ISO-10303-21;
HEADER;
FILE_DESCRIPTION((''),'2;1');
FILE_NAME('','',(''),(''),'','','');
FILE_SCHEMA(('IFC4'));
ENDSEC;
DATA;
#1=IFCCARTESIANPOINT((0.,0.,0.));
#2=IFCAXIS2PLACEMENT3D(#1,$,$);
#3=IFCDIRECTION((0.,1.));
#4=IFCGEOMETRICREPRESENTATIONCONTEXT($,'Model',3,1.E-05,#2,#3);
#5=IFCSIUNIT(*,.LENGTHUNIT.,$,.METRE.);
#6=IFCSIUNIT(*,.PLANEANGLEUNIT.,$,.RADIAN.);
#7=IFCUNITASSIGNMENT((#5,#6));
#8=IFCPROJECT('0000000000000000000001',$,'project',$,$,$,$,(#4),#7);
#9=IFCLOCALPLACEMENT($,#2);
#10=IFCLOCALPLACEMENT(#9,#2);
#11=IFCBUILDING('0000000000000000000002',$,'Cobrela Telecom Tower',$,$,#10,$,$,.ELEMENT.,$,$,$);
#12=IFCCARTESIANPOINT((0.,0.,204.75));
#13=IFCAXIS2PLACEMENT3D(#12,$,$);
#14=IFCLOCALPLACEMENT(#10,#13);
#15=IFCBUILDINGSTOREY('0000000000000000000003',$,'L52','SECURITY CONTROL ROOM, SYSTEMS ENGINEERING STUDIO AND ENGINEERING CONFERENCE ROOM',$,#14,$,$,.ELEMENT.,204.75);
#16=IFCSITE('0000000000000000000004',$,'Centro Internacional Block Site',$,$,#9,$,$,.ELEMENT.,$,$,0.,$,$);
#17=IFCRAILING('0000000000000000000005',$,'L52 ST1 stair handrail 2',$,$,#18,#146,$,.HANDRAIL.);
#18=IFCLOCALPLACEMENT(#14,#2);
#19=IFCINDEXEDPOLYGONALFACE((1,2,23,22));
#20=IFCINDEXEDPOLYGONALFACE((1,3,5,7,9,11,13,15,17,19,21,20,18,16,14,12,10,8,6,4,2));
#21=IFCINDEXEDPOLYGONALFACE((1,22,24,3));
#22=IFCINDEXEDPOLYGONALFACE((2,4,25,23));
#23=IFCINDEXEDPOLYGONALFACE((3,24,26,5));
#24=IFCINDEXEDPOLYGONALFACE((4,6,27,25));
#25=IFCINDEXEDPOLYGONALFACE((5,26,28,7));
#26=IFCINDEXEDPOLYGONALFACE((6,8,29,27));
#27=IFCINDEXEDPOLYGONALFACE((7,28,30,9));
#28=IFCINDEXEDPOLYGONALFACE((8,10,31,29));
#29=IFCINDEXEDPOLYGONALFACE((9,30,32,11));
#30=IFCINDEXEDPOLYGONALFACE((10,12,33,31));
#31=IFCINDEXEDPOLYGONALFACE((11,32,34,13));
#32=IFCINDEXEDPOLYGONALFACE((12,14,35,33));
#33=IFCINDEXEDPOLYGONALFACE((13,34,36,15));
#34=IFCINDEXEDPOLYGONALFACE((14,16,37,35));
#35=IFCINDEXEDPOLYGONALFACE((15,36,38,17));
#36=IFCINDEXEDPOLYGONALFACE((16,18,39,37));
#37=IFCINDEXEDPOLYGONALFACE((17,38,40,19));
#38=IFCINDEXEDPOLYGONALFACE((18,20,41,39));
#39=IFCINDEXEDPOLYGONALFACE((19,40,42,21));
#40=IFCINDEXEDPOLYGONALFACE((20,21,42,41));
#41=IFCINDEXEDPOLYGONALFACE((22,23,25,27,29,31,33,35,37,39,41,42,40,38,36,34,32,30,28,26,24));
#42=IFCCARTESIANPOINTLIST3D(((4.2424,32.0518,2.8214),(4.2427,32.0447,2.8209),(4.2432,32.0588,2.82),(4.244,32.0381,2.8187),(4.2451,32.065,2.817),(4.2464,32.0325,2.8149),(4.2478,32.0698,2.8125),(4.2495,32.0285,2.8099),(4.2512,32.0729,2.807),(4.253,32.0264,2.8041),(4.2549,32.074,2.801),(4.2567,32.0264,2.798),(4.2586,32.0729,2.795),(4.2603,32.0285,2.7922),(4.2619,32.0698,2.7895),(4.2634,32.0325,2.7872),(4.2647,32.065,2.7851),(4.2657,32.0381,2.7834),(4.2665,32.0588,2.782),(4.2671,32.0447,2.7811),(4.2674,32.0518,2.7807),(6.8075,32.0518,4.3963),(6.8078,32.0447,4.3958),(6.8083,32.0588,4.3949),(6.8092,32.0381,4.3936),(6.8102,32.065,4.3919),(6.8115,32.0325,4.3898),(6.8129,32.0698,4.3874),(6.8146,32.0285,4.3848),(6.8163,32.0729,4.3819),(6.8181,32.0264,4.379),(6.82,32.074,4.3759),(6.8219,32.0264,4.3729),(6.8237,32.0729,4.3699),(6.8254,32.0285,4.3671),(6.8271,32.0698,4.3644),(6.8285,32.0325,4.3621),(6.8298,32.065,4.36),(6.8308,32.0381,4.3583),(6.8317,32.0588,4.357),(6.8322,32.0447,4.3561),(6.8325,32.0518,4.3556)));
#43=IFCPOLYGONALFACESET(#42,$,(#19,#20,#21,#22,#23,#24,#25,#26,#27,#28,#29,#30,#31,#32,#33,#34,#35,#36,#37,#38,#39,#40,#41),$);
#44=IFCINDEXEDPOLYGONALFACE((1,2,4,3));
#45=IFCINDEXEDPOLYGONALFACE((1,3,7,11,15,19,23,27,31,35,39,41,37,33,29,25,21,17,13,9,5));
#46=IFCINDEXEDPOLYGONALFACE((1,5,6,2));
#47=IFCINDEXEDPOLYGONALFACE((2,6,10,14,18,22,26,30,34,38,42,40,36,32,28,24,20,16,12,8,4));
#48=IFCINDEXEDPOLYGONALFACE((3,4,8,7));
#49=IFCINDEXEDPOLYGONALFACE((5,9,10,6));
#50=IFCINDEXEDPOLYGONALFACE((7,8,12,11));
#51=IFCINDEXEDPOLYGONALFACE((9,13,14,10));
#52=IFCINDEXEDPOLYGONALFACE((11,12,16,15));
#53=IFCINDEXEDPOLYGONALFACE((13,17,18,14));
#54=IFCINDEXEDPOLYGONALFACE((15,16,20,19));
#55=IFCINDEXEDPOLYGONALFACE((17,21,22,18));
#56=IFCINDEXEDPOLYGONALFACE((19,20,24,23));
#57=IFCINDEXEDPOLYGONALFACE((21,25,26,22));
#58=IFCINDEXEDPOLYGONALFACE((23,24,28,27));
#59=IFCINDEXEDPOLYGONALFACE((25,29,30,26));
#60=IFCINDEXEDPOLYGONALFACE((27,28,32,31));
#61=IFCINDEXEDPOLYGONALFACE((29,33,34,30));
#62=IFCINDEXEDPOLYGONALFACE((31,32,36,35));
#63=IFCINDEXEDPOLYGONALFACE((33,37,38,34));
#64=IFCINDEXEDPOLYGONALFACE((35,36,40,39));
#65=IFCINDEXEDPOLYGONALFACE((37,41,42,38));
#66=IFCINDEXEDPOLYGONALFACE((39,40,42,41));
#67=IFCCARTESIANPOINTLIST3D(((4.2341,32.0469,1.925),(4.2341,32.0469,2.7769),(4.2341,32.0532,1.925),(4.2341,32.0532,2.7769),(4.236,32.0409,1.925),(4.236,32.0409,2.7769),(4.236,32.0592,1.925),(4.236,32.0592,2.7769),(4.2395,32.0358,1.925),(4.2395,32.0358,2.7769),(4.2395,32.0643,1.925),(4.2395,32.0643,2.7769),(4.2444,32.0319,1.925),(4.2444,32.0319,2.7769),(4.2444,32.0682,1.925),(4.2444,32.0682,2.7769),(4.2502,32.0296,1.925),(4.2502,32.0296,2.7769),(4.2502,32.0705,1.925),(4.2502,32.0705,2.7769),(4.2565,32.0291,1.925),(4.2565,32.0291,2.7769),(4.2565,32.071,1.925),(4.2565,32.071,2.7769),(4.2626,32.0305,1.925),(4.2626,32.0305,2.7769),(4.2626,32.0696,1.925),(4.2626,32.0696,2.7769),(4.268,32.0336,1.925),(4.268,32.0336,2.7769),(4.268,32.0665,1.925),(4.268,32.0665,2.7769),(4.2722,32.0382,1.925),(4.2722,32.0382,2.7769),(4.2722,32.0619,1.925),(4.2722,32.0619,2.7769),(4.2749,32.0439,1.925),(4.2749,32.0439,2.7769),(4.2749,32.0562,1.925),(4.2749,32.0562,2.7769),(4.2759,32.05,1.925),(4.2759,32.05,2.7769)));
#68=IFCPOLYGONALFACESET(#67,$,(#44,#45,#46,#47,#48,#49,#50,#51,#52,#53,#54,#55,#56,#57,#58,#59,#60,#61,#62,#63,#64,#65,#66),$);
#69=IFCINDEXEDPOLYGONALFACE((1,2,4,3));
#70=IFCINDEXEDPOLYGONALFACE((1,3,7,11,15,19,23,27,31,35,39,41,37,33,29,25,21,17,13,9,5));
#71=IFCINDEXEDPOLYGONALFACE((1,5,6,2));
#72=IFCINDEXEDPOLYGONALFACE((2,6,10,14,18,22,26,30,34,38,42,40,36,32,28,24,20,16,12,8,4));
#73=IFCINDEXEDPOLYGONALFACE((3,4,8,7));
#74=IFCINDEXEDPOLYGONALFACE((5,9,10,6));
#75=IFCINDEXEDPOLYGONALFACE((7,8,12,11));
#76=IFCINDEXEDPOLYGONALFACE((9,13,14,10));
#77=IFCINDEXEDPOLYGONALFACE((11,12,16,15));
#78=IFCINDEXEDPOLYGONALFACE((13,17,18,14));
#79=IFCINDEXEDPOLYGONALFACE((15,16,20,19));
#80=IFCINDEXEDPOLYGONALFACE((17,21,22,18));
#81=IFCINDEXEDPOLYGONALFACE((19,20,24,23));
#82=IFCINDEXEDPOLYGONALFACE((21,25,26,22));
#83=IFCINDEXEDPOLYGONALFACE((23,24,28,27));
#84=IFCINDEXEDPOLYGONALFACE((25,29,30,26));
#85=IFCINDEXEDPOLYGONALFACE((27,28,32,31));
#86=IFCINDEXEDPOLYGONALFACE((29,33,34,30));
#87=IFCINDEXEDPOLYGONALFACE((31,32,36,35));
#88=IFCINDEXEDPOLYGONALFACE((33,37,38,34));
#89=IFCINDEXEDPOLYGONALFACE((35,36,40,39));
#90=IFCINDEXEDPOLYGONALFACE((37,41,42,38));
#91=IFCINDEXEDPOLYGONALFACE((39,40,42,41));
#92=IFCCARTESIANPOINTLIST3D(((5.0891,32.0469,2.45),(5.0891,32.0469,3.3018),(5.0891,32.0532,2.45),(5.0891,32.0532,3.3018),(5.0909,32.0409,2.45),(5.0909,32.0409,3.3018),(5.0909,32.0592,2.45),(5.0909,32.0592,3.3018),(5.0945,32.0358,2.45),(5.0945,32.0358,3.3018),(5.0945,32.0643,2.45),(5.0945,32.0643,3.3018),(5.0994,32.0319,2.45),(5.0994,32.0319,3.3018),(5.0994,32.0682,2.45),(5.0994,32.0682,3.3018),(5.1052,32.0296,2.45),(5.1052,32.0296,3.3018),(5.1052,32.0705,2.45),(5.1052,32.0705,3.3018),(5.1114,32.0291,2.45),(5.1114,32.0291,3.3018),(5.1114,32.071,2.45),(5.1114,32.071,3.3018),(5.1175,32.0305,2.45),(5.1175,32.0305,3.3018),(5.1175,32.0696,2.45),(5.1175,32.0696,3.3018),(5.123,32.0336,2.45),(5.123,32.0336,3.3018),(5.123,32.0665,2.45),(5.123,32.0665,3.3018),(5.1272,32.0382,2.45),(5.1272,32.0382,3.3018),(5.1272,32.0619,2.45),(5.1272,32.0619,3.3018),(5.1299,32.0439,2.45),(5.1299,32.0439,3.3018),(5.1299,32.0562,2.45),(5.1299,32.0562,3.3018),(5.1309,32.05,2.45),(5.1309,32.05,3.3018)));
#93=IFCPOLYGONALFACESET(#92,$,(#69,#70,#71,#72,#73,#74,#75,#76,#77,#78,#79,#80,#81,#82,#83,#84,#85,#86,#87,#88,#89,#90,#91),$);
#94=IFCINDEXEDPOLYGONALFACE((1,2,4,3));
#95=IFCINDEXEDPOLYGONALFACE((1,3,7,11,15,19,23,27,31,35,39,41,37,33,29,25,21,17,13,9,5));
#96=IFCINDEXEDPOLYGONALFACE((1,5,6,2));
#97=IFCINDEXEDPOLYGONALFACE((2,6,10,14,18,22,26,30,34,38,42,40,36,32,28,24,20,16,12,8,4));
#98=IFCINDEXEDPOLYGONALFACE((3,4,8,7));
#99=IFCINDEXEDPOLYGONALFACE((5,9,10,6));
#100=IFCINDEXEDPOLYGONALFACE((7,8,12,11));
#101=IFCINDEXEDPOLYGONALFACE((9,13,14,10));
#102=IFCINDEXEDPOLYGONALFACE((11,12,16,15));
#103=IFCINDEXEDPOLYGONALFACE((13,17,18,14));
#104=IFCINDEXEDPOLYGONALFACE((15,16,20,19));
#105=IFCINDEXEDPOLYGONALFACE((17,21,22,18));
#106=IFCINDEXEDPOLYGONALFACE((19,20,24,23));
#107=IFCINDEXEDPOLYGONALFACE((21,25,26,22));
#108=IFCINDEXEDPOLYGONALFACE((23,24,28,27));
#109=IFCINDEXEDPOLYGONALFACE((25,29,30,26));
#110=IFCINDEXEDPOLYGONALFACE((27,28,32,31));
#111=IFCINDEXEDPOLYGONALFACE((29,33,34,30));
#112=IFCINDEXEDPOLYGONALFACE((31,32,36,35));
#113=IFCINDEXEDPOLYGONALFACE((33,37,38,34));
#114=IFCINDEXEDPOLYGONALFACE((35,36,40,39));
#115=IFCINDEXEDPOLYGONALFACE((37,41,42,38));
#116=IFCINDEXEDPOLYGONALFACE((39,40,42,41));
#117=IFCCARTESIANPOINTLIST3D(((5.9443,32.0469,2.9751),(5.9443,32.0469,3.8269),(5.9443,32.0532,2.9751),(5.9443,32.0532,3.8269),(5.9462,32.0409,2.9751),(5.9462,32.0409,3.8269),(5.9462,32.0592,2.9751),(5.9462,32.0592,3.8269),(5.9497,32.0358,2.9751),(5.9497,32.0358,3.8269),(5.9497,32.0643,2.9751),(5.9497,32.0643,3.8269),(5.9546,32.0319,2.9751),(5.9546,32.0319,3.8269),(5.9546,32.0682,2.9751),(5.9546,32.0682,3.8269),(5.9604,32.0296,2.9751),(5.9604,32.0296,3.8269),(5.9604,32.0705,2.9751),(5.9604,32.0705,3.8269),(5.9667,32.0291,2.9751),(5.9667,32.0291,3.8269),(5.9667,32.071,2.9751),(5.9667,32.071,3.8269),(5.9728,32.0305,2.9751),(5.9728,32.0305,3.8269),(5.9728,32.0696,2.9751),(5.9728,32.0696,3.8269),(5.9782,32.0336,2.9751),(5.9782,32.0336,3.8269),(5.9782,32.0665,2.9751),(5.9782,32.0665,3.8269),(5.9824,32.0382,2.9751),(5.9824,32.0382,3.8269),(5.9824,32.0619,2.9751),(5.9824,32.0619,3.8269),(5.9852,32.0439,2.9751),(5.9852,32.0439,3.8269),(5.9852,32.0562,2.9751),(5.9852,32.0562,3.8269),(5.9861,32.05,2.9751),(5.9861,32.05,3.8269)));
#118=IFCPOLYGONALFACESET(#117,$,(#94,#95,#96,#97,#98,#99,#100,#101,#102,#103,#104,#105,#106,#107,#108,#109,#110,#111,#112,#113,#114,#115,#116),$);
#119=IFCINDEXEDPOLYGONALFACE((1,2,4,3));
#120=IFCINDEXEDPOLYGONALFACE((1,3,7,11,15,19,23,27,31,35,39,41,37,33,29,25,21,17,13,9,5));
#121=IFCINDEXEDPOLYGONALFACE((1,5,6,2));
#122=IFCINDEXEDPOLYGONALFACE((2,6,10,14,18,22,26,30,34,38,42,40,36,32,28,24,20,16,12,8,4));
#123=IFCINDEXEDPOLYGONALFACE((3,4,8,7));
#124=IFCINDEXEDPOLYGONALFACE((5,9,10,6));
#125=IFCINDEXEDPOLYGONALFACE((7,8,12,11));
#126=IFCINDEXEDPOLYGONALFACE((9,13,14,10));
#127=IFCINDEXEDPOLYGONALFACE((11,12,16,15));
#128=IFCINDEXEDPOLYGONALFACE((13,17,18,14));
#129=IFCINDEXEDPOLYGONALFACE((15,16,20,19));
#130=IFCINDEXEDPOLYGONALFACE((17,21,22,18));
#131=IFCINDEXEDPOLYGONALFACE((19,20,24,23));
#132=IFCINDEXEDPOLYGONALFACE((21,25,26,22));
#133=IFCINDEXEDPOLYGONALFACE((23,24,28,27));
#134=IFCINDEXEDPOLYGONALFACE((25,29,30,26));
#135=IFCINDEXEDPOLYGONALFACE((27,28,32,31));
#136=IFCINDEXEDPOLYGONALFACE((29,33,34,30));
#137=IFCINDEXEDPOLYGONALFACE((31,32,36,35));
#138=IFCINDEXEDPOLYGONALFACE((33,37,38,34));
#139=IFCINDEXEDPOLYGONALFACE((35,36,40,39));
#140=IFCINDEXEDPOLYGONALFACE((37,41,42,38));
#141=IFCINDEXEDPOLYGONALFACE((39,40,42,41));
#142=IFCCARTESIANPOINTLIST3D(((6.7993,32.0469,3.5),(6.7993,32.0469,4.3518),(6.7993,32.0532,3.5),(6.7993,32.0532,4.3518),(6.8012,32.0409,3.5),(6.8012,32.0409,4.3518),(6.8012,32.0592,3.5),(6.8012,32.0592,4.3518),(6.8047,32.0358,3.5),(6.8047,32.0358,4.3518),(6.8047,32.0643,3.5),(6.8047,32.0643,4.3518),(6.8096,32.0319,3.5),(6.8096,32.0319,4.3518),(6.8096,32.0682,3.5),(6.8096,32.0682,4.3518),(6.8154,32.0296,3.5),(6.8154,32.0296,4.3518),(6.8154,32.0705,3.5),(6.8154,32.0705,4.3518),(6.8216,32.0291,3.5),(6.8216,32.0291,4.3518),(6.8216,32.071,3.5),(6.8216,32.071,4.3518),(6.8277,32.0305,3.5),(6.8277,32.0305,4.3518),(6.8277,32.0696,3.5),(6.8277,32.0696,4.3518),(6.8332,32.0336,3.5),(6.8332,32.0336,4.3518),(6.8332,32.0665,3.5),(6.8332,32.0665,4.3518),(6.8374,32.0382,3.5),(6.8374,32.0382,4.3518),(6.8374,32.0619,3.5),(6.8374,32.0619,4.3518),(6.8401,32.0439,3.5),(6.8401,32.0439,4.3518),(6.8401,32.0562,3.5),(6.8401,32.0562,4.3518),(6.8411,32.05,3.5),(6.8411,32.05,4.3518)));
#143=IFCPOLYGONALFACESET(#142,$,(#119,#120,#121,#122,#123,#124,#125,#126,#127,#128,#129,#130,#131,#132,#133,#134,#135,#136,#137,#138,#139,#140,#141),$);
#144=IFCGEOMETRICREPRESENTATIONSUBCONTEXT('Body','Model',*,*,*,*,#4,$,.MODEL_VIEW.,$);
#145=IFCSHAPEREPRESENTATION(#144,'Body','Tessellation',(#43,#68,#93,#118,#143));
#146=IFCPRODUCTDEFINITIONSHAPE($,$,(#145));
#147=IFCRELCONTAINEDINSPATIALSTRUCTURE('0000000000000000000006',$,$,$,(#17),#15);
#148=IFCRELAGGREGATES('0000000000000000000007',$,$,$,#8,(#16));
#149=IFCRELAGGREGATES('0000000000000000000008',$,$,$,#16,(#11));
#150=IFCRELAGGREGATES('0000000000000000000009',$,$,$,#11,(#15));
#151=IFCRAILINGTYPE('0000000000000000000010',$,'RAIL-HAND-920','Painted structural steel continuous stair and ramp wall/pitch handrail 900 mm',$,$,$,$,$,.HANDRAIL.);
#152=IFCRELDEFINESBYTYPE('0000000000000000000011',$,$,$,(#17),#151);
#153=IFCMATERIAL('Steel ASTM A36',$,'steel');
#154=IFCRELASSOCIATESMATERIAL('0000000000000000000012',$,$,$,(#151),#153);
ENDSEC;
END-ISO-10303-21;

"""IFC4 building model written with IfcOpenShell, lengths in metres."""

from ifc_helpers import new_model, si_unit, direction, frame, origin, origin_2d, place, context, subcontext, project, spatial, circle, extrude, material, type_object, element, save


model = new_model("IFC4")

# Units and contexts
model_context = context("Model", 3, precision=1e-05, world=origin(), true_north=direction((0.0, 1.0)))
body_context = subcontext(model_context, "Body", "Model", "MODEL_VIEW")
ifc_project = project(units=[si_unit("LENGTHUNIT", "METRE"), si_unit("PLANEANGLEUNIT", "RADIAN")], contexts=[model_context])

# Site, building, storey
site_placement = place(None, origin())
site = spatial("IfcSite", under=ifc_project, at=site_placement, Name="Centro Internacional Block Site", CompositionType="ELEMENT", RefElevation=0.0)
building_placement = place(site_placement, origin())
building = spatial("IfcBuilding", under=site, at=building_placement, Name="Cobrela Telecom Tower", CompositionType="ELEMENT")
storey_placement = place(building_placement, frame((0.0, 0.0, 204.75)))
storey = spatial("IfcBuildingStorey", under=building, at=storey_placement, Name="L52", Description="SECURITY CONTROL ROOM, SYSTEMS ENGINEERING STUDIO AND ENGINEERING CONFERENCE ROOM", CompositionType="ELEMENT", Elevation=204.75)

# Shared definitions
ifc_material_1 = material(Name="Steel ASTM A36", Category="steel")

# Railing
railing_type_1 = type_object("IfcRailingType", Name="RAIL-HAND-920", Description="Painted structural steel continuous stair and ramp wall/pitch handrail 900 mm", PredefinedType="HANDRAIL", material=ifc_material_1)
railing_1_placement = place(storey_placement, frame((4.2549, 32.05, 1.925)))
element("IfcRailing", 1, at=railing_1_placement, inside=storey, type_object=railing_type_1, Name="L52 ST1 stair handrail 2", PredefinedType="HANDRAIL", context=body_context, shape_type="SweptSolid", body=[
    extrude(circle(Radius=0.0239, at=origin_2d()), frame((0.0, 0.0, 0.876), z_axis=(0.852195, 0.0, 0.523224), x_axis=(0.0, 1.0, 0.0)), (0.0, 0.0, 1.0), 3.01),
    extrude(circle(Radius=0.021, at=origin_2d()), origin(), (0.0, 0.0, 1.0), 0.8518),
    extrude(circle(Radius=0.021, at=origin_2d()), frame((0.855, 0.0, 0.5249)), (0.0, 0.0, 1.0), 0.8518),
    extrude(circle(Radius=0.021, at=origin_2d()), frame((1.7102, 0.0, 1.05)), (0.0, 0.0, 1.0), 0.8518),
    extrude(circle(Radius=0.021, at=origin_2d()), frame((2.5652, 0.0, 1.575)), (0.0, 0.0, 1.0), 0.8518),
])

save(model, "model.ifc")
